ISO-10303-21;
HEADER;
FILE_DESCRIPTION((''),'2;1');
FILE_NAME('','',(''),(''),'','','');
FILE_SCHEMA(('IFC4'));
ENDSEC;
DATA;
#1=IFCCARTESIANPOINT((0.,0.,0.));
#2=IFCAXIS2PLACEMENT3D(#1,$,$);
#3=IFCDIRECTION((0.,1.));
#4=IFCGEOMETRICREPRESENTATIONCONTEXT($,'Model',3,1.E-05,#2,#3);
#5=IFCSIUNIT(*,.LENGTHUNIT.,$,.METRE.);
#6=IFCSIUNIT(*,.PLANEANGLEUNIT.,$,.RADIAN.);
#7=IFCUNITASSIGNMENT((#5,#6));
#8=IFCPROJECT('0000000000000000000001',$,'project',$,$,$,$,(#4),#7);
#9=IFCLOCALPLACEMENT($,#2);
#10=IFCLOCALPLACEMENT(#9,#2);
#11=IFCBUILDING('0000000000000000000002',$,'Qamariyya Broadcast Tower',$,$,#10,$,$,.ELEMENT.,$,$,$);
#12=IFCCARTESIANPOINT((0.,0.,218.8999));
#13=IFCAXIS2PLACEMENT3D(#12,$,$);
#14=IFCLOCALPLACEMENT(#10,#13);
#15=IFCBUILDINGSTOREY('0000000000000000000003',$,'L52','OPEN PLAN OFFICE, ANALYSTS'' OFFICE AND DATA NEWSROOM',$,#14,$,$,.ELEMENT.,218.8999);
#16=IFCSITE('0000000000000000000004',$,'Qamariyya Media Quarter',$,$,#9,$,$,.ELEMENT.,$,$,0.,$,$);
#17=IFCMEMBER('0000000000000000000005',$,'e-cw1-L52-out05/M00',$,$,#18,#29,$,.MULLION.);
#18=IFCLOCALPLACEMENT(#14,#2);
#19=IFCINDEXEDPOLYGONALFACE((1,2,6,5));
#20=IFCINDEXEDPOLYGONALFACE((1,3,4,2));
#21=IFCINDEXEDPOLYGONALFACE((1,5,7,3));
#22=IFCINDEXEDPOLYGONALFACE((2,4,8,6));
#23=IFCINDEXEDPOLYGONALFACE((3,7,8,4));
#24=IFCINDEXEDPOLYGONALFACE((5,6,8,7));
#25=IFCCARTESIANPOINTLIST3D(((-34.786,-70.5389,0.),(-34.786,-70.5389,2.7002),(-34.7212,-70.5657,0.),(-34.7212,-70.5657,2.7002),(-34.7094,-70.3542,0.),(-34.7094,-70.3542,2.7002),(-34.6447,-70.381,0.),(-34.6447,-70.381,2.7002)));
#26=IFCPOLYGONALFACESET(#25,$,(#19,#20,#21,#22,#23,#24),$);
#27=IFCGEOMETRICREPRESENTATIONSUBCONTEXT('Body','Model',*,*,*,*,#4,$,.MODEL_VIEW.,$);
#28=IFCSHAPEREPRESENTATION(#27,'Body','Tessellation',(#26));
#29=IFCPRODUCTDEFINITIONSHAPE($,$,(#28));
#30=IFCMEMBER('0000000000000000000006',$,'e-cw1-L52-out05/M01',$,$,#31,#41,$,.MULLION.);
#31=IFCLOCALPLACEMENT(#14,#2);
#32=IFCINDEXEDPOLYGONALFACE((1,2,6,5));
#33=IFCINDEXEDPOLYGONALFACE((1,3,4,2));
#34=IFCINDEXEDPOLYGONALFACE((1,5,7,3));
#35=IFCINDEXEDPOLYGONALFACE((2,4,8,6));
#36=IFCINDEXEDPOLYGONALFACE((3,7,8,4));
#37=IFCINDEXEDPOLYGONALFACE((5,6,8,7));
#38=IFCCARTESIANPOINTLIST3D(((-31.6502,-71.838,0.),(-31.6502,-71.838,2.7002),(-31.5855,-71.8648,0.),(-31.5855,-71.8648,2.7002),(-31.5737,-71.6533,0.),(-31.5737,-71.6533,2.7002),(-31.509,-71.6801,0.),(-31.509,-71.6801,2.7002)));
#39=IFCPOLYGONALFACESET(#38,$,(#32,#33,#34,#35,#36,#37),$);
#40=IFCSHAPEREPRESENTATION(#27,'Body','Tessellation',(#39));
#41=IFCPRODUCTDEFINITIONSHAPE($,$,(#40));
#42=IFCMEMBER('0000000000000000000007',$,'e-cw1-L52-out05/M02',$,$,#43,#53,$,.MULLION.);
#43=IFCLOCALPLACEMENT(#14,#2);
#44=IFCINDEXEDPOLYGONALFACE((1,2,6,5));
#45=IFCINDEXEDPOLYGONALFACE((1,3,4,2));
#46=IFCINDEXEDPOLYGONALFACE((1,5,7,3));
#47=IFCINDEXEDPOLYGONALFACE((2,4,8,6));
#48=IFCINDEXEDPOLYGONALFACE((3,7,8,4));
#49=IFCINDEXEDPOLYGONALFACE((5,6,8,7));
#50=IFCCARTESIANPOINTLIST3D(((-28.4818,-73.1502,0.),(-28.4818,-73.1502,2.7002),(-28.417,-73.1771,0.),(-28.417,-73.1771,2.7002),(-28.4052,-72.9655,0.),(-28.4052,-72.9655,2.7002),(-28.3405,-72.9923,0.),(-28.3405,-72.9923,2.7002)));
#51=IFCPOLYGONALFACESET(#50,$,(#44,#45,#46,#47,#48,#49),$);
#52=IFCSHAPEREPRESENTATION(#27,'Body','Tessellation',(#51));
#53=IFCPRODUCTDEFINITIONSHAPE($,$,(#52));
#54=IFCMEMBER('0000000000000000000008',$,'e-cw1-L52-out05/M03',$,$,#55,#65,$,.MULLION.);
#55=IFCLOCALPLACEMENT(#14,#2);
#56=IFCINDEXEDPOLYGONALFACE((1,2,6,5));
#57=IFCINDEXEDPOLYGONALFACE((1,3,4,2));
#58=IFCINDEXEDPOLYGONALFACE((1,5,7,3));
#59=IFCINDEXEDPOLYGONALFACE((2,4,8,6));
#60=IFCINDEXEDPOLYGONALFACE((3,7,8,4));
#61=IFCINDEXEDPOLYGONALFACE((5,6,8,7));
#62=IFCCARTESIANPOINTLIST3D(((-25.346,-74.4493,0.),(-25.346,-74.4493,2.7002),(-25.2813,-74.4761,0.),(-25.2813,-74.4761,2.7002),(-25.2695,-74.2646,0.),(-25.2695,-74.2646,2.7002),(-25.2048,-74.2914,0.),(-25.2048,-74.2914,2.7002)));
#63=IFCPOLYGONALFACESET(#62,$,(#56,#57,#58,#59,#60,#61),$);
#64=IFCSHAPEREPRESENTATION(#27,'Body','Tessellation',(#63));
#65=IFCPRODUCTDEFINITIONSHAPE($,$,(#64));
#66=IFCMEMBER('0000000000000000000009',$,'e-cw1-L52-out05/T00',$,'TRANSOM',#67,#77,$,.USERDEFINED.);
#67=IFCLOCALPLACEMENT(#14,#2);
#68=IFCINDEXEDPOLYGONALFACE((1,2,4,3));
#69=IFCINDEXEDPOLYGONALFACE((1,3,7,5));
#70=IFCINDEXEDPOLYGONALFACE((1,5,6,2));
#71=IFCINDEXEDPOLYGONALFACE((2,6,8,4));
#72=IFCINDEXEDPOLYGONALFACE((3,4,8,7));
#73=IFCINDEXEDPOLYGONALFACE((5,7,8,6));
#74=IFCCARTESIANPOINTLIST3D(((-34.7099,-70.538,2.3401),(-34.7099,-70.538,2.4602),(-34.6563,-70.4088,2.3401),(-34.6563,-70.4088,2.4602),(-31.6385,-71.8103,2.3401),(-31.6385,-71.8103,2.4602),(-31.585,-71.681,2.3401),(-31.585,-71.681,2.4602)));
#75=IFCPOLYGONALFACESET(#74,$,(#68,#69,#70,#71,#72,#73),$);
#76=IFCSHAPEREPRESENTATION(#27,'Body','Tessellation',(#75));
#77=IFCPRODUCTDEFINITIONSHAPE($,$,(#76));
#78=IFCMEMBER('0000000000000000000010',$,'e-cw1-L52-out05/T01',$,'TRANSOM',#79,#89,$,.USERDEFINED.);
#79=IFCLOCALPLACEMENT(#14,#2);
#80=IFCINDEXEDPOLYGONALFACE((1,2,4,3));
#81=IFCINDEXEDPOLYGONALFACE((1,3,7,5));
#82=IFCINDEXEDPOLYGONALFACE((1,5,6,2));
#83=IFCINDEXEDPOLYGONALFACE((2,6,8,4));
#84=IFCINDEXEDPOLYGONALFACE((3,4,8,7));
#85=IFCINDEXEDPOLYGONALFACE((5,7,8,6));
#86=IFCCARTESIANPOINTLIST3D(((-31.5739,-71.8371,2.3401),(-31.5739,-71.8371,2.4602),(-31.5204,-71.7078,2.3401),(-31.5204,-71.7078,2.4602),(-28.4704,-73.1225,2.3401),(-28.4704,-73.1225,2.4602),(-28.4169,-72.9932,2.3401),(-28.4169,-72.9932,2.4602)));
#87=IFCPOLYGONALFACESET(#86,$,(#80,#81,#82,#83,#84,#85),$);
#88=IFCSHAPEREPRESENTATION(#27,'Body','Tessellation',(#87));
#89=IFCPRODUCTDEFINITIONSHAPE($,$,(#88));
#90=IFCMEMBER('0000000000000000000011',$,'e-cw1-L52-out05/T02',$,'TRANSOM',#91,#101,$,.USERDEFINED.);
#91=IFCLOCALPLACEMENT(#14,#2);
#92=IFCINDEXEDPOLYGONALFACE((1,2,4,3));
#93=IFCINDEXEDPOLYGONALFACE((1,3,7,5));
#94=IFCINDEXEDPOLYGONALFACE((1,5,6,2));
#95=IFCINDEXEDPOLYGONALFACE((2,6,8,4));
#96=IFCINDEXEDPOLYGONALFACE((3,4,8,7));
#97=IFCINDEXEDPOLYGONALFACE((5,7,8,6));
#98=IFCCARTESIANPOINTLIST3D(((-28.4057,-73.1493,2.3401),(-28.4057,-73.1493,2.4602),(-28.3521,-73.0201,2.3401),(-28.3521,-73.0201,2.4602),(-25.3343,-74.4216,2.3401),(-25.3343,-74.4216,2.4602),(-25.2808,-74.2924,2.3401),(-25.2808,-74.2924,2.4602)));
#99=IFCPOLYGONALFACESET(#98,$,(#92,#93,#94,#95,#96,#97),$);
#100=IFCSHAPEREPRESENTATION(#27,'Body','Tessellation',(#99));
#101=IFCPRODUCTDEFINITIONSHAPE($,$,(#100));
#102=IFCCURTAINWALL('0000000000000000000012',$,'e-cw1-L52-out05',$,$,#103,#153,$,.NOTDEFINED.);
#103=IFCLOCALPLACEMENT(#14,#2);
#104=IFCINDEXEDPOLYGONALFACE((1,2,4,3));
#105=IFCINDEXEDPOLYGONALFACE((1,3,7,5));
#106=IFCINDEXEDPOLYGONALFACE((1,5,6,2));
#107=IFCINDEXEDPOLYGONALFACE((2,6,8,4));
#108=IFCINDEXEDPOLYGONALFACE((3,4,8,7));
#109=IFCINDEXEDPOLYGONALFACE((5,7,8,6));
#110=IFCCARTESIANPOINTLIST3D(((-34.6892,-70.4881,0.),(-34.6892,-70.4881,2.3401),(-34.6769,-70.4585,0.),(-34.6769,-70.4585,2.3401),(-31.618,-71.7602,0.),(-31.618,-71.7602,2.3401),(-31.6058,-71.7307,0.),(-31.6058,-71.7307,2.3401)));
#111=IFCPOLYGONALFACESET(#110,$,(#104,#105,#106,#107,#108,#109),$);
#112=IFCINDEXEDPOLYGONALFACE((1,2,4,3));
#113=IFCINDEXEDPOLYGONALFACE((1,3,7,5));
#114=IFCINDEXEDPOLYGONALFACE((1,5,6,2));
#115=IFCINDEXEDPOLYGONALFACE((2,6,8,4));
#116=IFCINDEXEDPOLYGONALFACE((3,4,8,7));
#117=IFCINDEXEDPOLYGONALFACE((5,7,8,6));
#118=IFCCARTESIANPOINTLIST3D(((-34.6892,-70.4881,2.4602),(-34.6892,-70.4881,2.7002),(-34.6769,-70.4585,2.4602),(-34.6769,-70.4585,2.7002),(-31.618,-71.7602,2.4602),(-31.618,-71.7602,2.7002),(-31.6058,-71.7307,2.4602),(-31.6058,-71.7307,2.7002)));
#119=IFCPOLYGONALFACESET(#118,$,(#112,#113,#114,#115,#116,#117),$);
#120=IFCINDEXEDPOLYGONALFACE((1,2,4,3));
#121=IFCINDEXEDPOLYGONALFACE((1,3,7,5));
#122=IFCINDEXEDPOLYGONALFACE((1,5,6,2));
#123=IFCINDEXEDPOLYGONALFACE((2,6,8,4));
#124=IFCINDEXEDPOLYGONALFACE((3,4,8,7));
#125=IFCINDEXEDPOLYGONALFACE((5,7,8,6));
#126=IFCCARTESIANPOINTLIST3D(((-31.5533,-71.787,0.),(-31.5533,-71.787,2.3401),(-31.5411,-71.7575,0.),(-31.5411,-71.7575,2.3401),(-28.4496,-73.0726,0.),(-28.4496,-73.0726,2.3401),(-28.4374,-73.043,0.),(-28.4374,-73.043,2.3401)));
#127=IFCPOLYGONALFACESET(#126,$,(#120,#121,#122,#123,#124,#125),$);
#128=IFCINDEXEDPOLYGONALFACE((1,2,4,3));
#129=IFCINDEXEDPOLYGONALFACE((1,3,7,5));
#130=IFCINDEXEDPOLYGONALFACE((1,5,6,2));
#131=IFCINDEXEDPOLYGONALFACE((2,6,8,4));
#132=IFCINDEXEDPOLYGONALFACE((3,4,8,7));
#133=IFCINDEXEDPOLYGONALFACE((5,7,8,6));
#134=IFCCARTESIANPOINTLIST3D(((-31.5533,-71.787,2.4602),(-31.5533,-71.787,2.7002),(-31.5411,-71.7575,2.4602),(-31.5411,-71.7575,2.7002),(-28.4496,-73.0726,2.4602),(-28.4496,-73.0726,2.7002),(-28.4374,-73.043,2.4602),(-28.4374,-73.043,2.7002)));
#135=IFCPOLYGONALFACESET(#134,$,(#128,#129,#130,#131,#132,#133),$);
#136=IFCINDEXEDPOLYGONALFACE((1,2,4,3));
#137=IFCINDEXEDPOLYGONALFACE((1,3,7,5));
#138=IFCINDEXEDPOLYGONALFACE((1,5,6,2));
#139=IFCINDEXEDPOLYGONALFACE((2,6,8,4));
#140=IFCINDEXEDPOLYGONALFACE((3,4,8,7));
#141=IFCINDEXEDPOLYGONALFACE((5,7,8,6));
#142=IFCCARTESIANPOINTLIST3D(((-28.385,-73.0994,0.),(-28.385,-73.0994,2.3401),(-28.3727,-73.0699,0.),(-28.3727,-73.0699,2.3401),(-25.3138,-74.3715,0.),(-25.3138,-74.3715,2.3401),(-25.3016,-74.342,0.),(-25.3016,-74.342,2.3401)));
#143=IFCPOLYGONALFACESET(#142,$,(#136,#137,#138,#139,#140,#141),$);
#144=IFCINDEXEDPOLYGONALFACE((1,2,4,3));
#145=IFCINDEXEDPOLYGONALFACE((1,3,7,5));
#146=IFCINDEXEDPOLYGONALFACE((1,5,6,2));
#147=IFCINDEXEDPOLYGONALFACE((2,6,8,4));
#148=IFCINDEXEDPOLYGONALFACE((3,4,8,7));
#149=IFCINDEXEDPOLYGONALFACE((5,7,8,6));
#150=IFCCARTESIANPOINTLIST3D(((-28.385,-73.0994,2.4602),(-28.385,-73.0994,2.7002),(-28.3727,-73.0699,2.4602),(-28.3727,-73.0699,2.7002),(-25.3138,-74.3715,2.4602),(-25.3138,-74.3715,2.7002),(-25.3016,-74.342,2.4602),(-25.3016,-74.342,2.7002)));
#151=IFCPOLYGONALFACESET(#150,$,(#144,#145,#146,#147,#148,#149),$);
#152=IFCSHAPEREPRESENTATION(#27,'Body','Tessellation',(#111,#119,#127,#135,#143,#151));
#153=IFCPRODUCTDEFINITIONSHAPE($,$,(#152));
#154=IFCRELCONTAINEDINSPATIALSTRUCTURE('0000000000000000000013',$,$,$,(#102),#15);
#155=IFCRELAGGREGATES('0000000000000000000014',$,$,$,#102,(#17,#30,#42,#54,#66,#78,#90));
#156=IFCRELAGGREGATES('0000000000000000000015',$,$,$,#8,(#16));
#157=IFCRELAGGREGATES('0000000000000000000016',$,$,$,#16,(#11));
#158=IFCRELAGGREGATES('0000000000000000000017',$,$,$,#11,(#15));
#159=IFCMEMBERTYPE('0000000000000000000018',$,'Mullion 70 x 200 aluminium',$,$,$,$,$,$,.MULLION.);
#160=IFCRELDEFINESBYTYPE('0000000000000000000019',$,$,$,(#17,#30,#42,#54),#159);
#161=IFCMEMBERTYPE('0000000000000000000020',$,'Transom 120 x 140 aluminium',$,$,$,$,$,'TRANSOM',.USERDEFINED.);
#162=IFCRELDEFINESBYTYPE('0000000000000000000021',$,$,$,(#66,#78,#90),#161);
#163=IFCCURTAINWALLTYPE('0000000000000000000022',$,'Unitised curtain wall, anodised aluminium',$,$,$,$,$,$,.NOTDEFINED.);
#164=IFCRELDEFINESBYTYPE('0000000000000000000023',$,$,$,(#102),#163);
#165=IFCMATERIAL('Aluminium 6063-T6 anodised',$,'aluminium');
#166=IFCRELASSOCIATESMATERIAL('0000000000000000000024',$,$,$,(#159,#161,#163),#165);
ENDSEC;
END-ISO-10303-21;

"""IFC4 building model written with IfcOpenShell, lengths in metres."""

from ifc_helpers import new_model, si_unit, direction, frame, origin, origin_2d, place, context, subcontext, project, spatial, rectangle, extrude, material, material_profile, profile_set, type_object, element, aggregate, save


model = new_model("IFC4")

# Units and contexts
model_context = context("Model", 3, precision=1e-05, world=origin(), true_north=direction((0.0, 1.0)))
body_context = subcontext(model_context, "Body", "Model", "MODEL_VIEW")
ifc_project = project(units=[si_unit("LENGTHUNIT", "METRE"), si_unit("PLANEANGLEUNIT", "RADIAN")], contexts=[model_context])

# Members
ifc_material = material(Name="Aluminium 6063-T6 anodised", Category="aluminium")
ifc_material_profile_1 = material_profile(ifc_material, rectangle(XDim=0.2, YDim=0.0701, at=origin_2d()))
ifc_profile_set_1 = profile_set([ifc_material_profile_1], Name="Aluminium 6063-T6 anodised")
member_type_1 = type_object("IfcMemberType", Name="Mullion 70 x 200 aluminium", PredefinedType="MULLION", material=ifc_profile_set_1)
site_placement = place(None, origin())
building_placement = place(site_placement, origin())
storey_placement = place(building_placement, frame((0.0, 0.0, 218.8999)))
member_1_placement = place(storey_placement, frame((-34.7153, -70.46, 0.0), z_axis=(0.0, 0.0, 1.0), x_axis=(0.382683, 0.92388, 0.0)))
member_1 = element("IfcMember", 1, at=member_1_placement, type_object=member_type_1, Name="e-cw1-L52-out05/M00", PredefinedType="MULLION", context=body_context, shape_type="SweptSolid", body=[
    extrude(rectangle(XDim=0.2, YDim=0.0701, at=origin_2d()), origin(), (0.0, 0.0, 1.0), 2.7002),
])
member_2_placement = place(storey_placement, frame((-31.5796, -71.759, 0.0), z_axis=(0.0, 0.0, 1.0), x_axis=(0.382683, 0.92388, 0.0)))
member_2 = element("IfcMember", 2, at=member_2_placement, type_object=member_type_1, Name="e-cw1-L52-out05/M01", PredefinedType="MULLION", context=body_context, shape_type="SweptSolid", body=[
    extrude(rectangle(XDim=0.2, YDim=0.0701, at=origin_2d()), origin(), (0.0, 0.0, 1.0), 2.7002),
])
member_3_placement = place(storey_placement, frame((-28.4111, -73.0713, 0.0), z_axis=(0.0, 0.0, 1.0), x_axis=(0.382683, 0.92388, 0.0)))
member_3 = element("IfcMember", 3, at=member_3_placement, type_object=member_type_1, Name="e-cw1-L52-out05/M02", PredefinedType="MULLION", context=body_context, shape_type="SweptSolid", body=[
    extrude(rectangle(XDim=0.2, YDim=0.0701, at=origin_2d()), origin(), (0.0, 0.0, 1.0), 2.7002),
])
member_4_placement = place(storey_placement, frame((-25.2754, -74.3704, 0.0), z_axis=(0.0, 0.0, 1.0), x_axis=(0.382683, 0.92388, 0.0)))
member_4 = element("IfcMember", 4, at=member_4_placement, type_object=member_type_1, Name="e-cw1-L52-out05/M03", PredefinedType="MULLION", context=body_context, shape_type="SweptSolid", body=[
    extrude(rectangle(XDim=0.2, YDim=0.0701, at=origin_2d()), origin(), (0.0, 0.0, 1.0), 2.7002),
])
ifc_material_profile_2 = material_profile(ifc_material, rectangle(XDim=0.1399, YDim=0.1201, at=origin_2d()))
ifc_profile_set_2 = profile_set([ifc_material_profile_2], Name="Aluminium 6063-T6 anodised")
member_type_2 = type_object("IfcMemberType", Name="Transom 120 x 140 aluminium", ElementType="TRANSOM", PredefinedType="USERDEFINED", material=ifc_profile_set_2)
member_5_placement = place(storey_placement, frame((-34.6831, -70.4734, 2.4001), z_axis=(0.923875, -0.382696, 0.0), x_axis=(0.382696, 0.923875, 0.0)))
member_5 = element("IfcMember", 5, at=member_5_placement, type_object=member_type_2, Name="e-cw1-L52-out05/T00", ObjectType="TRANSOM", PredefinedType="USERDEFINED", context=body_context, shape_type="SweptSolid", body=[
    extrude(rectangle(XDim=0.1399, YDim=0.1201, at=origin_2d()), origin(), (0.0, 0.0, 1.0), 3.3245),
])
member_6_placement = place(storey_placement, frame((-31.5471, -71.7725, 2.4001), z_axis=(0.923892, -0.382653, 0.0), x_axis=(0.382653, 0.923892, 0.0)))
member_6 = element("IfcMember", 6, at=member_6_placement, type_object=member_type_2, Name="e-cw1-L52-out05/T01", ObjectType="TRANSOM", PredefinedType="USERDEFINED", context=body_context, shape_type="SweptSolid", body=[
    extrude(rectangle(XDim=0.1399, YDim=0.1201, at=origin_2d()), origin(), (0.0, 0.0, 1.0), 3.3591),
])
member_7_placement = place(storey_placement, frame((-28.3789, -73.0847, 2.4001), z_axis=(0.923875, -0.382696, 0.0), x_axis=(0.382696, 0.923875, 0.0)))
member_7 = element("IfcMember", 7, at=member_7_placement, type_object=member_type_2, Name="e-cw1-L52-out05/T02", ObjectType="TRANSOM", PredefinedType="USERDEFINED", context=body_context, shape_type="SweptSolid", body=[
    extrude(rectangle(XDim=0.1399, YDim=0.1201, at=origin_2d()), origin(), (0.0, 0.0, 1.0), 3.3245),
])

# Site, building, storey
site = spatial("IfcSite", under=ifc_project, at=site_placement, Name="Qamariyya Media Quarter", CompositionType="ELEMENT", RefElevation=0.0)
building = spatial("IfcBuilding", under=site, at=building_placement, Name="Qamariyya Broadcast Tower", CompositionType="ELEMENT")
storey = spatial("IfcBuildingStorey", under=building, at=storey_placement, Name="L52", Description="OPEN PLAN OFFICE, ANALYSTS' OFFICE AND DATA NEWSROOM", CompositionType="ELEMENT", Elevation=218.8999)

# Curtain wall
curtain_wall_type = type_object("IfcCurtainWallType", Name="Unitised curtain wall, anodised aluminium", PredefinedType="NOTDEFINED", material=ifc_material)
curtain_wall_1_placement = place(storey_placement, origin())
curtain_wall_1 = element("IfcCurtainWall", 8, at=curtain_wall_1_placement, inside=storey, type_object=curtain_wall_type, Name="e-cw1-L52-out05", PredefinedType="NOTDEFINED", context=body_context, shape_type="SweptSolid", body=[
    extrude(rectangle(XDim=3.3242, YDim=0.032, at=origin_2d()), frame((-33.1475, -71.1094, 0.0), x_axis=(0.923881, -0.38268, 0.0)), (0.0, 0.0, 1.0), 2.3401),
    extrude(rectangle(XDim=3.3242, YDim=0.032, at=origin_2d()), frame((-33.1475, -71.1094, 2.4602), x_axis=(0.923881, -0.38268, 0.0)), (0.0, 0.0, 1.0), 0.24),
    extrude(rectangle(XDim=3.3594, YDim=0.032, at=origin_2d()), frame((-29.9954, -72.415, 0.0), x_axis=(0.923881, -0.38268, 0.0)), (0.0, 0.0, 1.0), 2.3401),
    extrude(rectangle(XDim=3.3594, YDim=0.032, at=origin_2d()), frame((-29.9954, -72.415, 2.4602), x_axis=(0.923881, -0.38268, 0.0)), (0.0, 0.0, 1.0), 0.24),
    extrude(rectangle(XDim=3.3242, YDim=0.032, at=origin_2d()), frame((-26.8433, -73.7207, 0.0), x_axis=(0.923881, -0.38268, 0.0)), (0.0, 0.0, 1.0), 2.3401),
    extrude(rectangle(XDim=3.3242, YDim=0.032, at=origin_2d()), frame((-26.8433, -73.7207, 2.4602), x_axis=(0.923881, -0.38268, 0.0)), (0.0, 0.0, 1.0), 0.24),
])
aggregate(curtain_wall_1, [member_1, member_2, member_3, member_4, member_5, member_6, member_7])

save(model, "model.ifc")
